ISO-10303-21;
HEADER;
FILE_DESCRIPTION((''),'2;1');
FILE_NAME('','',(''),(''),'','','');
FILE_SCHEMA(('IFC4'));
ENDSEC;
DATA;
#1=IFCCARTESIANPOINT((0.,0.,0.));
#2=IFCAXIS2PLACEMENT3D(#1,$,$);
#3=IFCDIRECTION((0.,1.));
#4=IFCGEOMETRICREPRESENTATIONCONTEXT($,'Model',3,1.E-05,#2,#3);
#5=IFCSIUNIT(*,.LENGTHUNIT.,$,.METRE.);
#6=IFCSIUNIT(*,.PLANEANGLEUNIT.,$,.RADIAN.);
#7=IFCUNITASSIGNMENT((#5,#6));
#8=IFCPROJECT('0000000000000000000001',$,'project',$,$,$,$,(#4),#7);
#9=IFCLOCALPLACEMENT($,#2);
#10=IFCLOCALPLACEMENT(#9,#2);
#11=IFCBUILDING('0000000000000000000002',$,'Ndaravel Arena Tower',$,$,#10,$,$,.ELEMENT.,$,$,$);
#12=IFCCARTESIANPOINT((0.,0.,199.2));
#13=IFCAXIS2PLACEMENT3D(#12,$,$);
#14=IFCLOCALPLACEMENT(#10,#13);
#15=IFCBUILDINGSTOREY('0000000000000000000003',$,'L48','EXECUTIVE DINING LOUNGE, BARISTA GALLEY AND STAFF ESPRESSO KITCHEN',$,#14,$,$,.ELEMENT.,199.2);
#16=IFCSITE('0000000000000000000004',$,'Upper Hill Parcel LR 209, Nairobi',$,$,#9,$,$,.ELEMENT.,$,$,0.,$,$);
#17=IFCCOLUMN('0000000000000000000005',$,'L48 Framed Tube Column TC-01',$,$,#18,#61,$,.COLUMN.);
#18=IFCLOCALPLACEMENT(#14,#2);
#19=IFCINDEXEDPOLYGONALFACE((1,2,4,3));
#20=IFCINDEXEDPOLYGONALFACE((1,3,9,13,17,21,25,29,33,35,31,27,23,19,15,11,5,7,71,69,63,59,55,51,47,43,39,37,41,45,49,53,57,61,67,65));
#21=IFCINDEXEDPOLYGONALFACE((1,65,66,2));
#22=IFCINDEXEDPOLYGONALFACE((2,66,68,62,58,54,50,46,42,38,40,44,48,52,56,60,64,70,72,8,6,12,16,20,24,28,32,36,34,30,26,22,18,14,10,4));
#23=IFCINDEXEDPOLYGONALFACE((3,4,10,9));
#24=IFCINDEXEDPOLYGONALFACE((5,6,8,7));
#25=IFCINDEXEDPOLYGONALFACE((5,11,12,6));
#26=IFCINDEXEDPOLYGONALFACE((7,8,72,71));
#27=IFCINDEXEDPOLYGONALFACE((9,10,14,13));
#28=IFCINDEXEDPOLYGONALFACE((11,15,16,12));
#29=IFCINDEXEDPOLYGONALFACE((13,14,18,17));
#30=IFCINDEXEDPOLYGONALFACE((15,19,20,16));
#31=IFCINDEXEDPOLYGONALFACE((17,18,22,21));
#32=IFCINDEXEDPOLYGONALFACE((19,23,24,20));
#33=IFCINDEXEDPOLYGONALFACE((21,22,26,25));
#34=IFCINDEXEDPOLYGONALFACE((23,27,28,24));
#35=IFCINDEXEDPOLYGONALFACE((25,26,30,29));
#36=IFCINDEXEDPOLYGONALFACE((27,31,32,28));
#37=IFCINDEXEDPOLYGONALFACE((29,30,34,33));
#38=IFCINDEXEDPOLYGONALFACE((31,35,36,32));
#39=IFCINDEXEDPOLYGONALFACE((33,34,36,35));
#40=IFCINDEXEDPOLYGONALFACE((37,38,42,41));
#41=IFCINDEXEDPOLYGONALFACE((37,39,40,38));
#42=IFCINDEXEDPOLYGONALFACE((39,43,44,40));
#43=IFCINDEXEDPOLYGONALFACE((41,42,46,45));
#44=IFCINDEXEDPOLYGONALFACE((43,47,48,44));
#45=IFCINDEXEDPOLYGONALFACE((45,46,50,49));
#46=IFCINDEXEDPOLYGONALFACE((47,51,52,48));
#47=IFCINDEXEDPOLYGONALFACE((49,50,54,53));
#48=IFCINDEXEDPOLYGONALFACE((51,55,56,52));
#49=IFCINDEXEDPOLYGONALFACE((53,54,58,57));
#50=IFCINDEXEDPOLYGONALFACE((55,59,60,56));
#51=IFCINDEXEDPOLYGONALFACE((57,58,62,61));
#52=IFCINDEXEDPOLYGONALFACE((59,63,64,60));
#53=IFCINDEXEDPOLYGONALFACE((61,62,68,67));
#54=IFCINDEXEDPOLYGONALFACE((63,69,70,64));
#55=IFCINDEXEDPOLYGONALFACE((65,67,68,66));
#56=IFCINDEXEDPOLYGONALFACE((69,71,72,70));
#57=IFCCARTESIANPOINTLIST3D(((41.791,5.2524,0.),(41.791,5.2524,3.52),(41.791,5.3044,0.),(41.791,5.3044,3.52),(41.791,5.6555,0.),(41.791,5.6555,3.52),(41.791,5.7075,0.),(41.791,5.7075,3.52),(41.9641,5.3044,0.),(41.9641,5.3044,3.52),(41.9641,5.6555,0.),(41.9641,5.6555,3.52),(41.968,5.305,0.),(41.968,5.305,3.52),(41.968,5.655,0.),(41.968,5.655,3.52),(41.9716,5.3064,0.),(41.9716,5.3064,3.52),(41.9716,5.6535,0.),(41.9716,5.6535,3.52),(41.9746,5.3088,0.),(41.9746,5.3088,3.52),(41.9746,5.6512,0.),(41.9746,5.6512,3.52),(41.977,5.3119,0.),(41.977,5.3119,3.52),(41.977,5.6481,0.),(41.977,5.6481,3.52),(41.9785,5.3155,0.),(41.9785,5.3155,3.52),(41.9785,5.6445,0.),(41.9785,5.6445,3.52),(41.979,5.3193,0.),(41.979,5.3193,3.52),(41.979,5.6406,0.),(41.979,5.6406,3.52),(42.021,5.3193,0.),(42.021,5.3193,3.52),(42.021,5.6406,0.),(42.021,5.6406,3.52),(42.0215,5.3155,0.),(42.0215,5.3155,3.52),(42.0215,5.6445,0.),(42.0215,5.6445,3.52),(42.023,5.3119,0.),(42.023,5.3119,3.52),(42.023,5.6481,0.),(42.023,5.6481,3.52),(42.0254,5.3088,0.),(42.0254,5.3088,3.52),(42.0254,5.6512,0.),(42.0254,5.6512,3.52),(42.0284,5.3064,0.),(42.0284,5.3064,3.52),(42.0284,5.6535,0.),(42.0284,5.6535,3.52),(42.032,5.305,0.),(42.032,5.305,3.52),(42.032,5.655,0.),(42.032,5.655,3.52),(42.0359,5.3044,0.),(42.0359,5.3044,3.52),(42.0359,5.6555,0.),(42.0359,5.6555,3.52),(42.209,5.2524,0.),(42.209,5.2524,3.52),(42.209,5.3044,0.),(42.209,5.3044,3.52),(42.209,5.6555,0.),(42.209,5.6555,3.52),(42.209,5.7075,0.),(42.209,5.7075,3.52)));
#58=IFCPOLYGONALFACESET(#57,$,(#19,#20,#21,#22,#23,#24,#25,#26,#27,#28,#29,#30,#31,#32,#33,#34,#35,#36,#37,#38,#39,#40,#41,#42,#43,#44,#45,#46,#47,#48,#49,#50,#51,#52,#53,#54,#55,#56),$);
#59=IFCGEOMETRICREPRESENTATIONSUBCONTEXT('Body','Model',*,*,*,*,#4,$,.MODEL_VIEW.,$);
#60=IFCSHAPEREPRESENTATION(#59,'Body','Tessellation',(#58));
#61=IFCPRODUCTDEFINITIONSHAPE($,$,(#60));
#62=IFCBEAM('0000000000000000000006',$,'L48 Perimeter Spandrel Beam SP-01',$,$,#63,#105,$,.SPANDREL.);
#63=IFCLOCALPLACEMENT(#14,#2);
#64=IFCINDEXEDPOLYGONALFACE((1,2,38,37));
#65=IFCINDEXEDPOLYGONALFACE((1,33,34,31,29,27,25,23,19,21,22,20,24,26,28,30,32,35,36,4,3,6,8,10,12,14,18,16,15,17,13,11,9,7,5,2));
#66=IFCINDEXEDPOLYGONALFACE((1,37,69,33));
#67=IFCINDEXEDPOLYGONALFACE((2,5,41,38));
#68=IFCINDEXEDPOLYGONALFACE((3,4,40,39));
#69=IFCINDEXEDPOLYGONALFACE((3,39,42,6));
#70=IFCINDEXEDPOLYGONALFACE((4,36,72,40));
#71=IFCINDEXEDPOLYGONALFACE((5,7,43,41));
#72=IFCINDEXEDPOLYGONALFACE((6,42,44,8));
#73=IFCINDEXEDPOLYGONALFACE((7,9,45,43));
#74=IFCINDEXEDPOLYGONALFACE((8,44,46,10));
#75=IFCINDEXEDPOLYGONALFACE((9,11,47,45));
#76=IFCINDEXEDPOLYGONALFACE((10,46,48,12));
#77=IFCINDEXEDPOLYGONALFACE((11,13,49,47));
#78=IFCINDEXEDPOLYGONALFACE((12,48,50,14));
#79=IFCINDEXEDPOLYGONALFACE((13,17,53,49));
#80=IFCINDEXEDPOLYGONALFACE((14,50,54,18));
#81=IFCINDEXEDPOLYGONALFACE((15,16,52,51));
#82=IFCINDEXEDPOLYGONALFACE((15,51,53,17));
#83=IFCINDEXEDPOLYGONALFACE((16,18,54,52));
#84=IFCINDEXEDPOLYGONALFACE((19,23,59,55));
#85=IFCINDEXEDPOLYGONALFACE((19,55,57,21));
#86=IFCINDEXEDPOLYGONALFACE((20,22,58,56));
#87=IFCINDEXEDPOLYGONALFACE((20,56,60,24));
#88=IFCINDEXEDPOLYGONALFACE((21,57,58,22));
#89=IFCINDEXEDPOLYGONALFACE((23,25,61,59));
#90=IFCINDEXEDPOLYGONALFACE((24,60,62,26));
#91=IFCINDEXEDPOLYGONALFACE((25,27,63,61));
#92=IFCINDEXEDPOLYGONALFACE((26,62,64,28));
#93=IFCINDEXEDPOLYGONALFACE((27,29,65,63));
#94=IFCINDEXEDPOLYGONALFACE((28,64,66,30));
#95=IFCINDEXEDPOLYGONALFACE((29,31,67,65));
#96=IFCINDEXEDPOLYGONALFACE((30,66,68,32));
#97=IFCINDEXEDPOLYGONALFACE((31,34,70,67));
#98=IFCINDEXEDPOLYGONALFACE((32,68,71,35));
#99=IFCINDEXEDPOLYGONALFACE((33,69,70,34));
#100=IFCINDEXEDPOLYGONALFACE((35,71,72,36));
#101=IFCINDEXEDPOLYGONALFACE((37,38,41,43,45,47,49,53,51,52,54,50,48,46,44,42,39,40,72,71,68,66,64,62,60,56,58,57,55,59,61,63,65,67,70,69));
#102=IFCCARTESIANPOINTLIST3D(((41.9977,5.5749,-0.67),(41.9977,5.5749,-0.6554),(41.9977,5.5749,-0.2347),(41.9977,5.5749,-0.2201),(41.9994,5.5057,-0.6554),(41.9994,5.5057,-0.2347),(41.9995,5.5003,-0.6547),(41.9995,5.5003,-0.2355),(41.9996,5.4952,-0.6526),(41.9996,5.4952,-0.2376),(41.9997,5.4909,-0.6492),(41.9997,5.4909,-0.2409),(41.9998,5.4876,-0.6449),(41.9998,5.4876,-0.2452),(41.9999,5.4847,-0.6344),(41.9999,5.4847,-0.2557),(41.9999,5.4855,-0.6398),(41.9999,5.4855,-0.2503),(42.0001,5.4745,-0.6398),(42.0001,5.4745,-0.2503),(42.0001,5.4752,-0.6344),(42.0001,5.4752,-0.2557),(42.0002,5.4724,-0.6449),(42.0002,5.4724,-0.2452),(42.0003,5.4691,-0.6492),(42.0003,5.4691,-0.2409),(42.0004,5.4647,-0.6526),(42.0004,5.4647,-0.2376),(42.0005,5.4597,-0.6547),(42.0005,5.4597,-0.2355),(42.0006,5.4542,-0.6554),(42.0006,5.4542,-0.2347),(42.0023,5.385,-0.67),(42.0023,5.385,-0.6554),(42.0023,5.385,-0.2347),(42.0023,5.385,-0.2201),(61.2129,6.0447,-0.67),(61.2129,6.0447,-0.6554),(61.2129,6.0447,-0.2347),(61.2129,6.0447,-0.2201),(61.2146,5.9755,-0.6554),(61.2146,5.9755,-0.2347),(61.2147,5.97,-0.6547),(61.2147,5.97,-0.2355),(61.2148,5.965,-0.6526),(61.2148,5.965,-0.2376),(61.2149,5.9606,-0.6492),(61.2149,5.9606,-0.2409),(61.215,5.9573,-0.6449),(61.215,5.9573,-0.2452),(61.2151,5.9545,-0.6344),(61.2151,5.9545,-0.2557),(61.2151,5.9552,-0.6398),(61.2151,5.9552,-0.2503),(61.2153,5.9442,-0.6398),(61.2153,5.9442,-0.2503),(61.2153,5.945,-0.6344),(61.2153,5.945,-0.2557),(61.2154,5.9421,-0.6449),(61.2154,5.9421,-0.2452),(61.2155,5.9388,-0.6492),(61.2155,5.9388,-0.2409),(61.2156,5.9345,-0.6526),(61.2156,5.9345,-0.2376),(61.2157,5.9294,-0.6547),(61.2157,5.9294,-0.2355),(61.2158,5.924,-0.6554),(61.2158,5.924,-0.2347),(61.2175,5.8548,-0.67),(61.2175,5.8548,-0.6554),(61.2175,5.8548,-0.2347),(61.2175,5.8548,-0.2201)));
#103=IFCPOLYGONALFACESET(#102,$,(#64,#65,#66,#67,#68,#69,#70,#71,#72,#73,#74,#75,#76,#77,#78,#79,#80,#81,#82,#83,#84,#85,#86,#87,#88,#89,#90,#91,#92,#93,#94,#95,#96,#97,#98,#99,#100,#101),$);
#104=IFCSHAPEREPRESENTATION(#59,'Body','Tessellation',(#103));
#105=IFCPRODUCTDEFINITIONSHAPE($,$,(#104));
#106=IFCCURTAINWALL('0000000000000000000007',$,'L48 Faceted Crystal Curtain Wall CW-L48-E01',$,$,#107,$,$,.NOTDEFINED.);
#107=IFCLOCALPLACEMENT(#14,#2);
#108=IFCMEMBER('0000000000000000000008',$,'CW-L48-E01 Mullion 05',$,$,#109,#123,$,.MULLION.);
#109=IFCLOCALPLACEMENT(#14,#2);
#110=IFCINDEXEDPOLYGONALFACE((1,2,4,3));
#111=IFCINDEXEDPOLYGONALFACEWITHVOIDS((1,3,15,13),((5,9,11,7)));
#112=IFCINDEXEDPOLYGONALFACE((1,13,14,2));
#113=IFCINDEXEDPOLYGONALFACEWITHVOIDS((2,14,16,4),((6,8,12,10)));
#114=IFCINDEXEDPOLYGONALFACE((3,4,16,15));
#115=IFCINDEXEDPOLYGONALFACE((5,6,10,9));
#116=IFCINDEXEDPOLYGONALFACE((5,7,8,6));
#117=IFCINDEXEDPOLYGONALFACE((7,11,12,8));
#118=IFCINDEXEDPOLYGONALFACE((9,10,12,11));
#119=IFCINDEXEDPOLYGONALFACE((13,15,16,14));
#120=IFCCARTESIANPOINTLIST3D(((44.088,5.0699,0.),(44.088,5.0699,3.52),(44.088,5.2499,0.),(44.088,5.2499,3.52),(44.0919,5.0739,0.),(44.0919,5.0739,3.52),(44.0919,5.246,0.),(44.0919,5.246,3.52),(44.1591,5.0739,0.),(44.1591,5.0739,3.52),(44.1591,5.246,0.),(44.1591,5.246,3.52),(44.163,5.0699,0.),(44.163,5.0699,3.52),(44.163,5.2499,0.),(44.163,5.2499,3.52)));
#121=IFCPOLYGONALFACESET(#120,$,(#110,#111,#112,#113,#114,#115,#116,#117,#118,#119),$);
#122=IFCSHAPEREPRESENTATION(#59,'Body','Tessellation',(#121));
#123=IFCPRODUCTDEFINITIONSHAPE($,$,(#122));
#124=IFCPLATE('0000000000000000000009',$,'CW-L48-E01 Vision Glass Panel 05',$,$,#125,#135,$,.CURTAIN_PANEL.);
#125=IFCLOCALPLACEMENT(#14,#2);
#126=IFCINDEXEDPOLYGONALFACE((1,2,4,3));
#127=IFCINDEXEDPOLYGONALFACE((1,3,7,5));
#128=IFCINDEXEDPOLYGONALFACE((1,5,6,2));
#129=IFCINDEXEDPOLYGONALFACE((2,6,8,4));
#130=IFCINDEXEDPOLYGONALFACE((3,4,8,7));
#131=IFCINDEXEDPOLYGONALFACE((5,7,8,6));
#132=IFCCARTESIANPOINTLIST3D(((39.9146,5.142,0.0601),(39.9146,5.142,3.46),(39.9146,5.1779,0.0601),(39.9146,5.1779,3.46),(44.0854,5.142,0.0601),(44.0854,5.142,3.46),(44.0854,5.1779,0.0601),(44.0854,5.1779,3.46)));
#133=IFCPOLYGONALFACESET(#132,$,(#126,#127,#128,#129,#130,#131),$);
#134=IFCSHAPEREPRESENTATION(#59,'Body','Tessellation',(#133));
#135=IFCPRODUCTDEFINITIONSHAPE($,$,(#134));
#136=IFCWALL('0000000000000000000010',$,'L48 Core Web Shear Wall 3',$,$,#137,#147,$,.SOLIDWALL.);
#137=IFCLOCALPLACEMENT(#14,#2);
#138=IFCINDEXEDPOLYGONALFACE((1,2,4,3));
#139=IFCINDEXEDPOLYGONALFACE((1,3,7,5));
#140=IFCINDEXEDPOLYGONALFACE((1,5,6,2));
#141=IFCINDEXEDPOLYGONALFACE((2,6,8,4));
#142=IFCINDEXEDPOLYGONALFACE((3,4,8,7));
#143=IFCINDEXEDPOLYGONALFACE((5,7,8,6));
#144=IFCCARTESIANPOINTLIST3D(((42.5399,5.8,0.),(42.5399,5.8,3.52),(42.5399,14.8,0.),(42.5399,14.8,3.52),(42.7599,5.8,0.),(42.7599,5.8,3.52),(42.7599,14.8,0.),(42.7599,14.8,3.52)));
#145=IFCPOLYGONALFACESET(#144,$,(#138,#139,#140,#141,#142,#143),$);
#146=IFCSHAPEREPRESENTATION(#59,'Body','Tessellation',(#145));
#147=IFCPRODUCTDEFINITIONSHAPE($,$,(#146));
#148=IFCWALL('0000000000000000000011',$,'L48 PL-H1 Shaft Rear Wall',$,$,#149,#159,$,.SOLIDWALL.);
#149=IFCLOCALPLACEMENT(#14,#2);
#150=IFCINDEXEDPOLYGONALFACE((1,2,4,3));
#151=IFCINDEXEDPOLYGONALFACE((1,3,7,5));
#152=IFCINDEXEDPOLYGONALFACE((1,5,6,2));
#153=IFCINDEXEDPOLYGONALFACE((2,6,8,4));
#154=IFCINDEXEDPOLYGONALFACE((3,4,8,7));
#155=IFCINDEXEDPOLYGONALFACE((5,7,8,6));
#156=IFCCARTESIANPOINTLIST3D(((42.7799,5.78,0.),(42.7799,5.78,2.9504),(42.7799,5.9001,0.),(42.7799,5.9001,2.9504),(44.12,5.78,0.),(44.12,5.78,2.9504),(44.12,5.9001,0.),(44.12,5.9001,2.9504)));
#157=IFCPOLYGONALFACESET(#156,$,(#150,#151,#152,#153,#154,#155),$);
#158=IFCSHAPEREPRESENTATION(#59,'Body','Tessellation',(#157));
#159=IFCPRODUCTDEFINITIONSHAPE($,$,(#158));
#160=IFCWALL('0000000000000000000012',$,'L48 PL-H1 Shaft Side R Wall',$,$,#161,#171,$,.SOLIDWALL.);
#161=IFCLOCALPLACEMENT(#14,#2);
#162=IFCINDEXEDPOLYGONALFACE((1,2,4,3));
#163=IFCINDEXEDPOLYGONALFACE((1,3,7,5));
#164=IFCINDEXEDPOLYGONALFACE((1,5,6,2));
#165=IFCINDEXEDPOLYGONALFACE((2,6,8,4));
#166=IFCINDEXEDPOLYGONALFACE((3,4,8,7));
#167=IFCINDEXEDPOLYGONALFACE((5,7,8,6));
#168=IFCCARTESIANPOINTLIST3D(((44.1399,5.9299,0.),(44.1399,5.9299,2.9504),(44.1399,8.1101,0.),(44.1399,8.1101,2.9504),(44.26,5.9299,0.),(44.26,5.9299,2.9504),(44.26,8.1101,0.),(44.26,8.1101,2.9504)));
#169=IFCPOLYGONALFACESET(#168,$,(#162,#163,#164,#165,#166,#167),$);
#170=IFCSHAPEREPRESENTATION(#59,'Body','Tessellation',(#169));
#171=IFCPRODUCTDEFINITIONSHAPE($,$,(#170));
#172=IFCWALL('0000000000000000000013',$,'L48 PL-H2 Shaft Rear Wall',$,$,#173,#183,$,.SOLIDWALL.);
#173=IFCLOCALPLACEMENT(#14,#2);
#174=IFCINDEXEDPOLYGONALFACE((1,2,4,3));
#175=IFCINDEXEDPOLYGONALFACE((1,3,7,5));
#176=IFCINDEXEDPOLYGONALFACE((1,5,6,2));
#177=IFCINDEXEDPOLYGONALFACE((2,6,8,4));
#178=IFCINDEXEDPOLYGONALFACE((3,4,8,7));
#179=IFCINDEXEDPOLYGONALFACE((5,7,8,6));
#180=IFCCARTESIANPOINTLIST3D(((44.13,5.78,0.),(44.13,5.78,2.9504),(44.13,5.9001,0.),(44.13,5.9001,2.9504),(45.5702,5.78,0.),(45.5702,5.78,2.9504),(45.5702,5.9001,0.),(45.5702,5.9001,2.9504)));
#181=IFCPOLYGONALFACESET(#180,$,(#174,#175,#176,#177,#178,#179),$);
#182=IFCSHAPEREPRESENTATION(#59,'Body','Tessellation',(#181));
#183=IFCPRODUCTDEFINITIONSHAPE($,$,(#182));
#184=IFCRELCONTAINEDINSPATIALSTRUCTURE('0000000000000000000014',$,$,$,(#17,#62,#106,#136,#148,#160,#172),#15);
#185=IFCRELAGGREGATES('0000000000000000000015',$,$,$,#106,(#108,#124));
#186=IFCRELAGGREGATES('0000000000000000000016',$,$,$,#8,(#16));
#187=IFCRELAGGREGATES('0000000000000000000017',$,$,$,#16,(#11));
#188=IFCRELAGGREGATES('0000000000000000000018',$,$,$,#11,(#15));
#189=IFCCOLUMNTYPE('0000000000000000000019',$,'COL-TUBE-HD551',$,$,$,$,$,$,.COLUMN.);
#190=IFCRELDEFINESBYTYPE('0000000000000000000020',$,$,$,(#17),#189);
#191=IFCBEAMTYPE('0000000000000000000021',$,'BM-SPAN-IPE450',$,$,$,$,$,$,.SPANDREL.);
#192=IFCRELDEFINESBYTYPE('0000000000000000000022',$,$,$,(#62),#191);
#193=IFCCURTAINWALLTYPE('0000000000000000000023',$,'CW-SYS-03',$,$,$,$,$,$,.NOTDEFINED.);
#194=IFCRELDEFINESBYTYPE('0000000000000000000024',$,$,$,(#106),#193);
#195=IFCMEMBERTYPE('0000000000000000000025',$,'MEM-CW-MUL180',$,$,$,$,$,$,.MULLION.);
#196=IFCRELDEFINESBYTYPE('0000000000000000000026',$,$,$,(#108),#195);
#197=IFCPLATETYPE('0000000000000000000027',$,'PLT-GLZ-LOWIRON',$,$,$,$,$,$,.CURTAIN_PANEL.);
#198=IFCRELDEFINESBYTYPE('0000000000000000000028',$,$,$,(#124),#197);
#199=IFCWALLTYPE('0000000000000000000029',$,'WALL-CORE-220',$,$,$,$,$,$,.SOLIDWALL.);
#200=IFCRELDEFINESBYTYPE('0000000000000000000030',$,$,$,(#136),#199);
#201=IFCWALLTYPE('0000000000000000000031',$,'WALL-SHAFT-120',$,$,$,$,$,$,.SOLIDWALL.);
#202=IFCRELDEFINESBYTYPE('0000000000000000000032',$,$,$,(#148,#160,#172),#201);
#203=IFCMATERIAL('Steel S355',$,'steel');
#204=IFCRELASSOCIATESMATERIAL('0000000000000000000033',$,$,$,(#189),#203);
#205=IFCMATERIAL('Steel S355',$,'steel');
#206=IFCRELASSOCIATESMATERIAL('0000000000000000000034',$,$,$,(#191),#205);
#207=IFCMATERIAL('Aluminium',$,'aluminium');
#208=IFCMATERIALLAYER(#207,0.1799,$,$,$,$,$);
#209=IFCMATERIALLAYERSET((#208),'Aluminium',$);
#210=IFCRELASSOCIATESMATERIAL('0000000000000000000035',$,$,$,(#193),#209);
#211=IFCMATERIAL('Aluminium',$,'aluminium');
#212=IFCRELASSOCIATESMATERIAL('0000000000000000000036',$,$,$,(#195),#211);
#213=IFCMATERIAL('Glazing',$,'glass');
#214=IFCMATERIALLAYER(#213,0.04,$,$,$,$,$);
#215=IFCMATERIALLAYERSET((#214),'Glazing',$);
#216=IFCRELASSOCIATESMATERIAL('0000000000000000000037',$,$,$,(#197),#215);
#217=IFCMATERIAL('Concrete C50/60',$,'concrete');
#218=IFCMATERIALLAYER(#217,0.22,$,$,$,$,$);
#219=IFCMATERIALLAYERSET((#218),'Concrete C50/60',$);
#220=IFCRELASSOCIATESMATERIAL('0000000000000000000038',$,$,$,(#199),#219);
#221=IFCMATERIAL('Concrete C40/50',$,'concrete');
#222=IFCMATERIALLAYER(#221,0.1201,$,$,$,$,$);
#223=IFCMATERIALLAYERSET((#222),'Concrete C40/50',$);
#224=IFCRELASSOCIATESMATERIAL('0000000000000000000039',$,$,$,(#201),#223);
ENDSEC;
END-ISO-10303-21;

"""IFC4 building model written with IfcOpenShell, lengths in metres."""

from ifc_helpers import new_model, si_unit, direction, frame, frame_2d, origin, origin_2d, place, context, subcontext, project, spatial, rectangle, hollow_rectangle, i_section, extrude, material, layer, layer_set, material_profile, profile_set, type_object, element, aggregate, save


model = new_model("IFC4")

# Units and contexts
model_context = context("Model", 3, precision=1e-05, world=origin(), true_north=direction((0.0, 1.0)))
body_context = subcontext(model_context, "Body", "Model", "MODEL_VIEW")
ifc_project = project(units=[si_unit("LENGTHUNIT", "METRE"), si_unit("PLANEANGLEUNIT", "RADIAN")], contexts=[model_context])

# Site, building, storey
site_placement = place(None, origin())
site = spatial("IfcSite", under=ifc_project, at=site_placement, Name="Upper Hill Parcel LR 209, Nairobi", CompositionType="ELEMENT", RefElevation=0.0)
building_placement = place(site_placement, origin())
building = spatial("IfcBuilding", under=site, at=building_placement, Name="Ndaravel Arena Tower", CompositionType="ELEMENT")
storey_placement = place(building_placement, frame((0.0, 0.0, 199.2)))
storey = spatial("IfcBuildingStorey", under=building, at=storey_placement, Name="L48", Description="EXECUTIVE DINING LOUNGE, BARISTA GALLEY AND STAFF ESPRESSO KITCHEN", CompositionType="ELEMENT", Elevation=199.2)

# Column
ifc_material_1 = material(Name="Steel S355", Category="steel")
ifc_material_profile_1 = material_profile(ifc_material_1, i_section(OverallWidth=0.418, OverallDepth=0.4551, WebThickness=0.042, FlangeThickness=0.052, FilletRadius=0.0149, at=origin_2d()), Name="HD 400x551")
ifc_profile_set_1 = profile_set([ifc_material_profile_1], Name="Steel S355")
column_type = type_object("IfcColumnType", Name="COL-TUBE-HD551", PredefinedType="COLUMN", material=ifc_profile_set_1)
column_placement = place(storey_placement, frame((42.0, 5.48, 0.0), z_axis=(0.0, 0.0, 1.0), x_axis=(1.0, 0.0, 0.0)))
element("IfcColumn", 1, at=column_placement, inside=storey, type_object=column_type, Name="L48 Framed Tube Column TC-01", PredefinedType="COLUMN", context=body_context, shape_type="SweptSolid", body=[
    extrude(i_section(OverallWidth=0.418, OverallDepth=0.4551, WebThickness=0.042, FlangeThickness=0.052, FilletRadius=0.0149, at=origin_2d()), origin(), (0.0, 0.0, 1.0), 3.52),
])

# Beam
ifc_material_2 = material(Name="Steel S355", Category="steel")
ifc_material_profile_2 = material_profile(ifc_material_2, i_section(OverallWidth=0.1899, OverallDepth=0.45, WebThickness=0.0095, FlangeThickness=0.0146, FilletRadius=0.021, at=origin_2d()), Name="IPE 450")
ifc_profile_set_2 = profile_set([ifc_material_profile_2], Name="Steel S355")
beam_type = type_object("IfcBeamType", Name="BM-SPAN-IPE450", PredefinedType="SPANDREL", material=ifc_profile_set_2)
beam_placement = place(storey_placement, frame((42.0, 5.48, -0.4451), z_axis=(0.999701, 0.024438, 0.0), x_axis=(-0.024438, 0.999701, 0.0)))
element("IfcBeam", 2, at=beam_placement, inside=storey, type_object=beam_type, Name="L48 Perimeter Spandrel Beam SP-01", PredefinedType="SPANDREL", context=body_context, shape_type="SweptSolid", body=[
    extrude(i_section(OverallWidth=0.1899, OverallDepth=0.45, WebThickness=0.0095, FlangeThickness=0.0146, FilletRadius=0.021, at=origin_2d()), origin(), (0.0, 0.0, 1.0), 19.2209),
])

# Curtain wall, member, plate
ifc_material_3 = material(Name="Aluminium", Category="aluminium")
ifc_layer_1 = layer(ifc_material_3, 0.1799)
ifc_layer_set_1 = layer_set([ifc_layer_1], Name="Aluminium")
curtain_wall_type = type_object("IfcCurtainWallType", Name="CW-SYS-03", PredefinedType="NOTDEFINED", material=ifc_layer_set_1)
curtain_wall_placement = place(storey_placement, origin())
curtain_wall = element("IfcCurtainWall", 3, at=curtain_wall_placement, inside=storey, type_object=curtain_wall_type, Name="L48 Faceted Crystal Curtain Wall CW-L48-E01", PredefinedType="NOTDEFINED")
ifc_material_4 = material(Name="Aluminium", Category="aluminium")
ifc_material_profile_3 = material_profile(ifc_material_4, hollow_rectangle(XDim=0.075, YDim=0.1799, WallThickness=0.0039, at=origin_2d()), Name="CW MULLION 75x180x4")
ifc_profile_set_3 = profile_set([ifc_material_profile_3], Name="Aluminium")
member_type = type_object("IfcMemberType", Name="MEM-CW-MUL180", PredefinedType="MULLION", material=ifc_profile_set_3)
member_placement = place(storey_placement, frame((44.1255, 5.1599, 0.0), z_axis=(0.0, 0.0, 1.0), x_axis=(1.0, 0.0, 0.0)))
member = element("IfcMember", 4, at=member_placement, type_object=member_type, Name="CW-L48-E01 Mullion 05", PredefinedType="MULLION", context=body_context, shape_type="SweptSolid", body=[
    extrude(hollow_rectangle(XDim=0.075, YDim=0.1799, WallThickness=0.0039, at=origin_2d()), origin(), (0.0, 0.0, 1.0), 3.52),
])
ifc_material_5 = material(Name="Glazing", Category="glass")
ifc_layer_2 = layer(ifc_material_5, 0.04)
ifc_layer_set_2 = layer_set([ifc_layer_2], Name="Glazing")
plate_type = type_object("IfcPlateType", Name="PLT-GLZ-LOWIRON", PredefinedType="CURTAIN_PANEL", material=ifc_layer_set_2)
plate_placement = place(storey_placement, frame((42.0, 5.1599, 0.0601), z_axis=(0.0, 0.0, 1.0), x_axis=(1.0, 0.0, 0.0)))
plate = element("IfcPlate", 5, at=plate_placement, type_object=plate_type, Name="CW-L48-E01 Vision Glass Panel 05", PredefinedType="CURTAIN_PANEL", context=body_context, shape_type="SweptSolid", body=[
    extrude(rectangle(XDim=4.1709, YDim=0.0359, at=origin_2d()), origin(), (0.0, 0.0, 1.0), 3.3999),
])
aggregate(curtain_wall, [member, plate])

# Walls
ifc_material_6 = material(Name="Concrete C50/60", Category="concrete")
ifc_layer_3 = layer(ifc_material_6, 0.22)
ifc_layer_set_3 = layer_set([ifc_layer_3], Name="Concrete C50/60")
wall_type_1 = type_object("IfcWallType", Name="WALL-CORE-220", PredefinedType="SOLIDWALL", material=ifc_layer_set_3)
wall_1_placement = place(storey_placement, frame((42.6499, 5.8, 0.0), z_axis=(0.0, 0.0, 1.0), x_axis=(0.0, 1.0, 0.0)))
element("IfcWall", 6, at=wall_1_placement, inside=storey, type_object=wall_type_1, Name="L48 Core Web Shear Wall 3", PredefinedType="SOLIDWALL", context=body_context, shape_type="SweptSolid", body=[
    extrude(rectangle(XDim=9.0, YDim=0.22, at=frame_2d((4.5, 0.0))), origin(), (0.0, 0.0, 1.0), 3.52),
])
ifc_material_7 = material(Name="Concrete C40/50", Category="concrete")
ifc_layer_4 = layer(ifc_material_7, 0.1201)
ifc_layer_set_4 = layer_set([ifc_layer_4], Name="Concrete C40/50")
wall_type_2 = type_object("IfcWallType", Name="WALL-SHAFT-120", PredefinedType="SOLIDWALL", material=ifc_layer_set_4)
wall_2_placement = place(storey_placement, frame((42.78, 5.8401, 0.0), z_axis=(0.0, 0.0, 1.0), x_axis=(1.0, 0.0, 0.0)))
element("IfcWall", 7, at=wall_2_placement, inside=storey, type_object=wall_type_2, Name="L48 PL-H1 Shaft Rear Wall", PredefinedType="SOLIDWALL", context=body_context, shape_type="SweptSolid", body=[
    extrude(rectangle(XDim=1.3401, YDim=0.1201, at=frame_2d((0.6699, 0.0))), origin(), (0.0, 0.0, 1.0), 2.9504),
])
wall_3_placement = place(storey_placement, frame((44.2, 5.9299, 0.0), z_axis=(0.0, 0.0, 1.0), x_axis=(0.0, 1.0, 0.0)))
element("IfcWall", 8, at=wall_3_placement, inside=storey, type_object=wall_type_2, Name="L48 PL-H1 Shaft Side R Wall", PredefinedType="SOLIDWALL", context=body_context, shape_type="SweptSolid", body=[
    extrude(rectangle(XDim=2.1802, YDim=0.1201, at=frame_2d((1.0901, 0.0))), origin(), (0.0, 0.0, 1.0), 2.9504),
])
wall_4_placement = place(storey_placement, frame((44.1299, 5.8401, 0.0), z_axis=(0.0, 0.0, 1.0), x_axis=(1.0, 0.0, 0.0)))
element("IfcWall", 9, at=wall_4_placement, inside=storey, type_object=wall_type_2, Name="L48 PL-H2 Shaft Rear Wall", PredefinedType="SOLIDWALL", context=body_context, shape_type="SweptSolid", body=[
    extrude(rectangle(XDim=1.4402, YDim=0.1201, at=frame_2d((0.7202, 0.0))), origin(), (0.0, 0.0, 1.0), 2.9504),
])

save(model, "model.ifc")
